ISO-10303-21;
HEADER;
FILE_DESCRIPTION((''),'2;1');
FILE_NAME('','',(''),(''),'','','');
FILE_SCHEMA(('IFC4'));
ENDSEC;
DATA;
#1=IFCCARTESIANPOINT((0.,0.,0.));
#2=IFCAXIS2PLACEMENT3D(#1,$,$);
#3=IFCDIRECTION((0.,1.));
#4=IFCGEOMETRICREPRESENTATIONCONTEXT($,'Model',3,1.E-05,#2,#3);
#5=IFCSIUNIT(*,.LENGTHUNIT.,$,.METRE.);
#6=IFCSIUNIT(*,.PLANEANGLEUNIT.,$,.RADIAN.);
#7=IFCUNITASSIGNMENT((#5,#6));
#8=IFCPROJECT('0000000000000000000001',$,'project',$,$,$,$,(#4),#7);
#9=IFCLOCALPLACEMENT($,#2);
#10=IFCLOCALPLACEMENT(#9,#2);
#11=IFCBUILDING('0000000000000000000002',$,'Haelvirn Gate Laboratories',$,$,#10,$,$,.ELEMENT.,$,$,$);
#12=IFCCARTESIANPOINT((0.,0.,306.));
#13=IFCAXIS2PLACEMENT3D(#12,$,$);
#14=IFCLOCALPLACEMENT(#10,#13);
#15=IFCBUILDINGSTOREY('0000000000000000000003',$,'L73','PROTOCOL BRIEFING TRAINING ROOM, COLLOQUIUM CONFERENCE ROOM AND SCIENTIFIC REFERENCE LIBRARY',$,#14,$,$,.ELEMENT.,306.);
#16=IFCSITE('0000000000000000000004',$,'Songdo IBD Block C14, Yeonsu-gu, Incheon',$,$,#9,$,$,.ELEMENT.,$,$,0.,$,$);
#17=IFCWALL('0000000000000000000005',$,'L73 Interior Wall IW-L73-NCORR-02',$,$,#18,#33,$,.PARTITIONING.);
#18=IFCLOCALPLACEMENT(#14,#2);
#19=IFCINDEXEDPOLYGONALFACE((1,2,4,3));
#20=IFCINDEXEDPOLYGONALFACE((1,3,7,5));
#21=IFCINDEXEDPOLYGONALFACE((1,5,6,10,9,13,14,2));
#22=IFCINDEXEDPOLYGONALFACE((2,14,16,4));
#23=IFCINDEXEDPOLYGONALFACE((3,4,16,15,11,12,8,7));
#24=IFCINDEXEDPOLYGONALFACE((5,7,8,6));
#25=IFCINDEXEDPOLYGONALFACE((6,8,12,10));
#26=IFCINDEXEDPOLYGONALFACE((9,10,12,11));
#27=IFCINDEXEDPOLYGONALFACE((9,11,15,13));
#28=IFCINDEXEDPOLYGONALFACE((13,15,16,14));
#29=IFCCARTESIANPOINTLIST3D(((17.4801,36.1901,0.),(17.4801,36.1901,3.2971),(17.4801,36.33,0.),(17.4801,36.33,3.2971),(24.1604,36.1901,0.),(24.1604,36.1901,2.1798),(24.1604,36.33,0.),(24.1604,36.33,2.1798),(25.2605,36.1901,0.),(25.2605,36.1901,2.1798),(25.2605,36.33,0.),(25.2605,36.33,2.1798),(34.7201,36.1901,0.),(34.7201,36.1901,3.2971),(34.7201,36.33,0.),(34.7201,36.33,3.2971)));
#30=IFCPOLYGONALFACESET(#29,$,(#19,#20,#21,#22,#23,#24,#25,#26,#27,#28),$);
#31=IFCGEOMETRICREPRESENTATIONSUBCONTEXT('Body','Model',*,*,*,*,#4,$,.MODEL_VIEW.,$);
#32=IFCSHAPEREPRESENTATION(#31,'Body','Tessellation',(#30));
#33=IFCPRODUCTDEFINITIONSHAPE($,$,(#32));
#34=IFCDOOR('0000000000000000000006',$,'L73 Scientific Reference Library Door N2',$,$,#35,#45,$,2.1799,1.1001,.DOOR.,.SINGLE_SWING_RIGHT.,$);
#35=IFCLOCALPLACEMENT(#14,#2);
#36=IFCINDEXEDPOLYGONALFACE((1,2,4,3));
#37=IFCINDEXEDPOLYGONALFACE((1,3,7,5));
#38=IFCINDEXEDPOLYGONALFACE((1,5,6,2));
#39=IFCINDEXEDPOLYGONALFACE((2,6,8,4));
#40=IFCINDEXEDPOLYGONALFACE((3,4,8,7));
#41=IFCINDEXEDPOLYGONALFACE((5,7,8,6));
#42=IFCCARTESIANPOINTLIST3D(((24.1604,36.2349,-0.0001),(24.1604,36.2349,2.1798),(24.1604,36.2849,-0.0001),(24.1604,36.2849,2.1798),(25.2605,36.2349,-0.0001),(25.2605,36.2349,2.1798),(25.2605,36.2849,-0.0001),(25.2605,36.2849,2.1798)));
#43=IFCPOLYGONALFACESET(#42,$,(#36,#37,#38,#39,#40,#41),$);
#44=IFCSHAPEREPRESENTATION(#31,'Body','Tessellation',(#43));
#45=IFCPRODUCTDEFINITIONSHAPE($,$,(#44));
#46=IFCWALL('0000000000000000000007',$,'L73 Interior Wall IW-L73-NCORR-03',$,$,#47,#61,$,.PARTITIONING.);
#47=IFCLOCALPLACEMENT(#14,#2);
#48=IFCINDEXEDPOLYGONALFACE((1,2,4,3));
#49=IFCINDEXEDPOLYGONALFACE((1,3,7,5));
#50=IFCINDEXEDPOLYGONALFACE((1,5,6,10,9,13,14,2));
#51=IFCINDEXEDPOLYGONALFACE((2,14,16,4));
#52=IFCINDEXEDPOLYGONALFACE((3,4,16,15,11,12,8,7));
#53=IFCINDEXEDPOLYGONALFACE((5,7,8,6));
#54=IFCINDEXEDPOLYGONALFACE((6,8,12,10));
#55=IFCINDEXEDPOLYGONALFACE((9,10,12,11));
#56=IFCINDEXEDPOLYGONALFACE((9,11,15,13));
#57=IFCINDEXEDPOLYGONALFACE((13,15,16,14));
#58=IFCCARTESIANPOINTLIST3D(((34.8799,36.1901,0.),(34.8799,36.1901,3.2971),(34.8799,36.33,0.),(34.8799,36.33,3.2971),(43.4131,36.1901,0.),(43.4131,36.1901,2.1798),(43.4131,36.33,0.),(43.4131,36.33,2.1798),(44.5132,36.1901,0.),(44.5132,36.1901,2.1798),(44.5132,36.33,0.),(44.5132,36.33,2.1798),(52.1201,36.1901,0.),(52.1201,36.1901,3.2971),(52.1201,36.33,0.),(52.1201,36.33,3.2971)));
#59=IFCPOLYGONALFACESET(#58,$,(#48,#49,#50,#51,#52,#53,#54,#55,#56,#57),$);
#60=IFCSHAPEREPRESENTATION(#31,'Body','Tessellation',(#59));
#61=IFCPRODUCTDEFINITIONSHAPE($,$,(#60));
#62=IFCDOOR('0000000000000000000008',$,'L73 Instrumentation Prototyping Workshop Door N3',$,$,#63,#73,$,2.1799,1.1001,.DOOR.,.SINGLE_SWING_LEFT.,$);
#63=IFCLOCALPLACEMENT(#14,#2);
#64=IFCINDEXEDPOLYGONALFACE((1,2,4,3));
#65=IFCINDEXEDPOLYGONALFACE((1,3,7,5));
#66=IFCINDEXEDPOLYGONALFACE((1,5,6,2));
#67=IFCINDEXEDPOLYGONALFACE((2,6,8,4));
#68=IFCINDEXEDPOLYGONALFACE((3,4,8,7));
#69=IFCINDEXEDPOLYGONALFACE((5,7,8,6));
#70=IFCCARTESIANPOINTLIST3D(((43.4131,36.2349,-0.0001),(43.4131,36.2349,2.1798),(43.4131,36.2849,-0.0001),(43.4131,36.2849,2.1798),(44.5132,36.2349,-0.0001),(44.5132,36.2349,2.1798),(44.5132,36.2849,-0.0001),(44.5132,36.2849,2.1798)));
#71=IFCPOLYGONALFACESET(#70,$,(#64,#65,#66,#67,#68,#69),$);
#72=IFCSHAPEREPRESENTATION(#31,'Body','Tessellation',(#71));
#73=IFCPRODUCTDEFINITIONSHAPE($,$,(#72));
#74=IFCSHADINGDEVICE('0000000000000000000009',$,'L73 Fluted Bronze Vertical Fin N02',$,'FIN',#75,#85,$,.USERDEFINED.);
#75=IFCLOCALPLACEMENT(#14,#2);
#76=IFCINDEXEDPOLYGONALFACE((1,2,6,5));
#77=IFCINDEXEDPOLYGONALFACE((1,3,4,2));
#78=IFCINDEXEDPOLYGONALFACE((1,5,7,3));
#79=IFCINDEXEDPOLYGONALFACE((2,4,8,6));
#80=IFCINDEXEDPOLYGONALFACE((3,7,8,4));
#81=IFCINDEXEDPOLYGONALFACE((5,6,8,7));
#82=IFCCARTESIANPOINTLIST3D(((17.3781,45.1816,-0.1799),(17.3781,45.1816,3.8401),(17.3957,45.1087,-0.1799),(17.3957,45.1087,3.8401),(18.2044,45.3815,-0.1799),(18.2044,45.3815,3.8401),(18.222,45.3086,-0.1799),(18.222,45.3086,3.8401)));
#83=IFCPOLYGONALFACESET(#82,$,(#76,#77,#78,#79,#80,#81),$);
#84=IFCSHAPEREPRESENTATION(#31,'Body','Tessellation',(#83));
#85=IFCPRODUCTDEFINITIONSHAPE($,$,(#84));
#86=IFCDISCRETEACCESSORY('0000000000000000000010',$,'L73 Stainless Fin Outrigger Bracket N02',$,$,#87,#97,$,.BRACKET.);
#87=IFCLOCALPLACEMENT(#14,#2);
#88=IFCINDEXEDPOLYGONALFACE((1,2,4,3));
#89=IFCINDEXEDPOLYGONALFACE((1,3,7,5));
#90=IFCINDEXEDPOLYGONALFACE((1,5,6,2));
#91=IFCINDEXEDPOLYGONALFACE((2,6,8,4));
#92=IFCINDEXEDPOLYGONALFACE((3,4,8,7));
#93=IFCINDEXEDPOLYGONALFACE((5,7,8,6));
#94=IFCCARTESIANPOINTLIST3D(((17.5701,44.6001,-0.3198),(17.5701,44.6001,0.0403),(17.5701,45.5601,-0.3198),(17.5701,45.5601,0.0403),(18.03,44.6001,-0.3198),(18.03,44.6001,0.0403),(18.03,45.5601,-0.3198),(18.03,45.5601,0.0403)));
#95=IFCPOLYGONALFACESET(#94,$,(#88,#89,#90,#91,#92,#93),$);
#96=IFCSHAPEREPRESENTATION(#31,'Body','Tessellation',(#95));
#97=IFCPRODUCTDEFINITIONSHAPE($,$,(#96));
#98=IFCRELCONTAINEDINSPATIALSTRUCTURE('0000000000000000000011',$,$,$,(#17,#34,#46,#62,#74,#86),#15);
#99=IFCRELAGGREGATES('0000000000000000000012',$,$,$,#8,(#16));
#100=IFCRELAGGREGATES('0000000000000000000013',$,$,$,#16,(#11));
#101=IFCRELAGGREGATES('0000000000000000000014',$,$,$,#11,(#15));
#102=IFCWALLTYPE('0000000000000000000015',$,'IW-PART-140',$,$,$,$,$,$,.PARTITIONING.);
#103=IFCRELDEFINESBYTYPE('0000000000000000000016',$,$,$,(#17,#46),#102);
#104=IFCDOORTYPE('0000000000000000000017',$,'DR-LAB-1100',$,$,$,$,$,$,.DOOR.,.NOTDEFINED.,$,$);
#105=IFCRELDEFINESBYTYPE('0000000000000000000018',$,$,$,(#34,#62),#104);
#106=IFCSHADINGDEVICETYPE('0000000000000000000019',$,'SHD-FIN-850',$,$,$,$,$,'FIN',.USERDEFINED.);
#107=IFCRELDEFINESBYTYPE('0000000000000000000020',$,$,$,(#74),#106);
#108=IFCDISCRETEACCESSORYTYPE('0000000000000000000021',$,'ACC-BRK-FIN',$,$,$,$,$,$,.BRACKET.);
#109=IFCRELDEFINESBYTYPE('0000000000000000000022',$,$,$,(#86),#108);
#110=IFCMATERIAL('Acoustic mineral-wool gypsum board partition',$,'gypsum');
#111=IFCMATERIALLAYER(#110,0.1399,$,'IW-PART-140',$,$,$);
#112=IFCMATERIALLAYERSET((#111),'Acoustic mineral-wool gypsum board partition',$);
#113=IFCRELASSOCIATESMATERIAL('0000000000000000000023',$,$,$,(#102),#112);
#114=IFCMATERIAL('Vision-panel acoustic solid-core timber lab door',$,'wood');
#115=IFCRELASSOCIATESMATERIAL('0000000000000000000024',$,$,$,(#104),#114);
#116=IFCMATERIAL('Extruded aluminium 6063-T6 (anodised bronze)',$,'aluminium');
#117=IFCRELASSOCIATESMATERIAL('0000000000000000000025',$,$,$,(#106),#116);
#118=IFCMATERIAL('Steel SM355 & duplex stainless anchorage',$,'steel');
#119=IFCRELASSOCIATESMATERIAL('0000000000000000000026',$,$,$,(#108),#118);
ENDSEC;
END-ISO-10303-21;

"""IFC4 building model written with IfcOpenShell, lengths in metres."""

from ifc_helpers import new_model, si_unit, direction, frame, frame_2d, origin, origin_2d, place, context, subcontext, project, spatial, rectangle, extrude, source, transform, mapped, material, layer, layer_set, material_profile, profile_set, type_object, type_shapes, element, fill, save


model = new_model("IFC4")

# Units and contexts
model_context = context("Model", 3, precision=1e-05, world=origin(), true_north=direction((0.0, 1.0)))
body_context = subcontext(model_context, "Body", "Model", "MODEL_VIEW")
ifc_project = project(units=[si_unit("LENGTHUNIT", "METRE"), si_unit("PLANEANGLEUNIT", "RADIAN")], contexts=[model_context])

# Site, building, storey
site_placement = place(None, origin())
site = spatial("IfcSite", under=ifc_project, at=site_placement, Name="Songdo IBD Block C14, Yeonsu-gu, Incheon", CompositionType="ELEMENT", RefElevation=0.0)
building_placement = place(site_placement, origin())
building = spatial("IfcBuilding", under=site, at=building_placement, Name="Haelvirn Gate Laboratories", CompositionType="ELEMENT")
storey_placement = place(building_placement, frame((0.0, 0.0, 306.0)))
storey = spatial("IfcBuildingStorey", under=building, at=storey_placement, Name="L73", Description="PROTOCOL BRIEFING TRAINING ROOM, COLLOQUIUM CONFERENCE ROOM AND SCIENTIFIC REFERENCE LIBRARY", CompositionType="ELEMENT", Elevation=306.0)

# Shared definitions
ifc_material_1 = material(Name="Extruded aluminium 6063-T6 (anodised bronze)", Category="aluminium")

# Walls, openings, doors
ifc_material_2 = material(Name="Acoustic mineral-wool gypsum board partition", Category="gypsum")
ifc_layer_1 = layer(ifc_material_2, 0.1399, Name="IW-PART-140")
ifc_layer_set_1 = layer_set([ifc_layer_1], Name="Acoustic mineral-wool gypsum board partition")
wall_type_1 = type_object("IfcWallType", Name="IW-PART-140", PredefinedType="PARTITIONING", material=ifc_layer_set_1)
wall_1_placement = place(storey_placement, frame((17.48, 36.26, 0.0), z_axis=(0.0, 0.0, 1.0), x_axis=(1.0, 0.0, 0.0)))
wall_1 = element("IfcWall", 1, at=wall_1_placement, inside=storey, type_object=wall_type_1, Name="L73 Interior Wall IW-L73-NCORR-02", PredefinedType="PARTITIONING", context=body_context, shape_type="SweptSolid", body=[
    extrude(rectangle(XDim=17.24, YDim=0.1399, at=frame_2d((8.6201, 0.0))), origin(), (0.0, 0.0, 1.0), 3.2971),
])
opening_1_placement = place(wall_1_placement, frame((6.6804, 0.0, 0.0)))
opening_1 = element("IfcOpeningElement", 2, at=opening_1_placement, cuts=wall_1, PredefinedType="OPENING", context=body_context, shape_type="SweptSolid", body=[
    extrude(rectangle(XDim=1.1001, YDim=2.1799, at=frame_2d((0.55, 1.0898))), frame((0.0, 0.0801, 0.0), z_axis=(0.0, -1.0, 0.0), x_axis=(1.0, 0.0, 0.0)), (0.0, 0.0, 1.0), 0.1599),
])
ifc_material_3 = material(Name="Vision-panel acoustic solid-core timber lab door", Category="wood")
door_type = type_object("IfcDoorType", Name="DR-LAB-1100", OperationType="NOTDEFINED", PredefinedType="DOOR", material=ifc_material_3)
shared_shape_1 = source(origin(), body_context, "Body", "SweptSolid", [
    extrude(rectangle(XDim=1.1001, YDim=2.1799, at=frame_2d((0.55, 1.0898))), frame((0.0, 0.0249, 0.0), z_axis=(0.0, -1.0, 0.0), x_axis=(1.0, 0.0, 0.0)), (0.0, 0.0, 1.0), 0.05),
])
type_shapes(door_type, [shared_shape_1])
door_1_placement = place(opening_1_placement, origin())
door_1 = element("IfcDoor", 3, at=door_1_placement, inside=storey, type_object=door_type, Name="L73 Scientific Reference Library Door N2", OperationType="SINGLE_SWING_RIGHT", OverallHeight=2.1799, OverallWidth=1.1001, PredefinedType="DOOR", context=body_context, shape_type="MappedRepresentation", body=[
    mapped(shared_shape_1, transform((0.0, 0.0, 0.0), scale=1.0)),
])
fill(opening_1, door_1)
wall_2_placement = place(storey_placement, frame((34.8799, 36.26, 0.0), z_axis=(0.0, 0.0, 1.0), x_axis=(1.0, 0.0, 0.0)))
wall_2 = element("IfcWall", 4, at=wall_2_placement, inside=storey, type_object=wall_type_1, Name="L73 Interior Wall IW-L73-NCORR-03", PredefinedType="PARTITIONING", context=body_context, shape_type="SweptSolid", body=[
    extrude(rectangle(XDim=17.2402, YDim=0.1399, at=frame_2d((8.6201, 0.0))), origin(), (0.0, 0.0, 1.0), 3.2971),
])
opening_2_placement = place(wall_2_placement, frame((8.5332, 0.0, 0.0)))
opening_2 = element("IfcOpeningElement", 5, at=opening_2_placement, cuts=wall_2, PredefinedType="OPENING", context=body_context, shape_type="SweptSolid", body=[
    extrude(rectangle(XDim=1.1001, YDim=2.1799, at=frame_2d((0.55, 1.0898))), frame((0.0, 0.0801, 0.0), z_axis=(0.0, -1.0, 0.0), x_axis=(1.0, 0.0, 0.0)), (0.0, 0.0, 1.0), 0.1599),
])
door_2_placement = place(opening_2_placement, origin())
door_2 = element("IfcDoor", 6, at=door_2_placement, inside=storey, type_object=door_type, Name="L73 Instrumentation Prototyping Workshop Door N3", OperationType="SINGLE_SWING_LEFT", OverallHeight=2.1799, OverallWidth=1.1001, PredefinedType="DOOR", context=body_context, shape_type="MappedRepresentation", body=[
    mapped(shared_shape_1, transform((0.0, 0.0, 0.0), scale=1.0)),
])
fill(opening_2, door_2)

# Shading device
ifc_material_profile_1 = material_profile(ifc_material_1, rectangle(XDim=0.075, YDim=0.8501, at=origin_2d()), Name="FIN-850x75")
ifc_profile_set_1 = profile_set([ifc_material_profile_1], Name="Extruded aluminium 6063-T6 (anodised bronze)")
shading_device_type = type_object("IfcShadingDeviceType", Name="SHD-FIN-850", ElementType="FIN", PredefinedType="USERDEFINED", material=ifc_profile_set_1)
shared_shape_2 = source(origin(), body_context, "Body", "SweptSolid", [
    extrude(rectangle(XDim=0.075, YDim=0.8501, at=origin_2d()), origin(), (0.0, 0.0, 1.0), 4.02),
])
type_shapes(shading_device_type, [shared_shape_2])
shading_device_placement = place(storey_placement, frame((17.8, 45.2451, -0.1799), z_axis=(0.0, 0.0, 1.0), x_axis=(-0.235142, 0.971961, 0.0)))
element("IfcShadingDevice", 7, at=shading_device_placement, inside=storey, type_object=shading_device_type, Name="L73 Fluted Bronze Vertical Fin N02", ObjectType="FIN", PredefinedType="USERDEFINED", context=body_context, shape_type="MappedRepresentation", body=[
    mapped(shared_shape_2, transform((0.0, 0.0, 0.0), scale=1.0)),
])

# Discrete accessory
ifc_material_4 = material(Name="Steel SM355 & duplex stainless anchorage", Category="steel")
discrete_accessory_type = type_object("IfcDiscreteAccessoryType", Name="ACC-BRK-FIN", PredefinedType="BRACKET", material=ifc_material_4)
shared_shape_3 = source(origin(), body_context, "Body", "SweptSolid", [
    extrude(rectangle(XDim=0.46, YDim=0.96, at=origin_2d()), origin(), (0.0, 0.0, 1.0), 0.3601),
])
type_shapes(discrete_accessory_type, [shared_shape_3])
discrete_accessory_placement = place(storey_placement, frame((17.8, 45.0801, -0.3198), z_axis=(0.0, 0.0, 1.0), x_axis=(1.0, 0.0, 0.0)))
element("IfcDiscreteAccessory", 8, at=discrete_accessory_placement, inside=storey, type_object=discrete_accessory_type, Name="L73 Stainless Fin Outrigger Bracket N02", PredefinedType="BRACKET", context=body_context, shape_type="MappedRepresentation", body=[
    mapped(shared_shape_3, transform((0.0, 0.0, 0.0), scale=1.0)),
])

save(model, "model.ifc")
